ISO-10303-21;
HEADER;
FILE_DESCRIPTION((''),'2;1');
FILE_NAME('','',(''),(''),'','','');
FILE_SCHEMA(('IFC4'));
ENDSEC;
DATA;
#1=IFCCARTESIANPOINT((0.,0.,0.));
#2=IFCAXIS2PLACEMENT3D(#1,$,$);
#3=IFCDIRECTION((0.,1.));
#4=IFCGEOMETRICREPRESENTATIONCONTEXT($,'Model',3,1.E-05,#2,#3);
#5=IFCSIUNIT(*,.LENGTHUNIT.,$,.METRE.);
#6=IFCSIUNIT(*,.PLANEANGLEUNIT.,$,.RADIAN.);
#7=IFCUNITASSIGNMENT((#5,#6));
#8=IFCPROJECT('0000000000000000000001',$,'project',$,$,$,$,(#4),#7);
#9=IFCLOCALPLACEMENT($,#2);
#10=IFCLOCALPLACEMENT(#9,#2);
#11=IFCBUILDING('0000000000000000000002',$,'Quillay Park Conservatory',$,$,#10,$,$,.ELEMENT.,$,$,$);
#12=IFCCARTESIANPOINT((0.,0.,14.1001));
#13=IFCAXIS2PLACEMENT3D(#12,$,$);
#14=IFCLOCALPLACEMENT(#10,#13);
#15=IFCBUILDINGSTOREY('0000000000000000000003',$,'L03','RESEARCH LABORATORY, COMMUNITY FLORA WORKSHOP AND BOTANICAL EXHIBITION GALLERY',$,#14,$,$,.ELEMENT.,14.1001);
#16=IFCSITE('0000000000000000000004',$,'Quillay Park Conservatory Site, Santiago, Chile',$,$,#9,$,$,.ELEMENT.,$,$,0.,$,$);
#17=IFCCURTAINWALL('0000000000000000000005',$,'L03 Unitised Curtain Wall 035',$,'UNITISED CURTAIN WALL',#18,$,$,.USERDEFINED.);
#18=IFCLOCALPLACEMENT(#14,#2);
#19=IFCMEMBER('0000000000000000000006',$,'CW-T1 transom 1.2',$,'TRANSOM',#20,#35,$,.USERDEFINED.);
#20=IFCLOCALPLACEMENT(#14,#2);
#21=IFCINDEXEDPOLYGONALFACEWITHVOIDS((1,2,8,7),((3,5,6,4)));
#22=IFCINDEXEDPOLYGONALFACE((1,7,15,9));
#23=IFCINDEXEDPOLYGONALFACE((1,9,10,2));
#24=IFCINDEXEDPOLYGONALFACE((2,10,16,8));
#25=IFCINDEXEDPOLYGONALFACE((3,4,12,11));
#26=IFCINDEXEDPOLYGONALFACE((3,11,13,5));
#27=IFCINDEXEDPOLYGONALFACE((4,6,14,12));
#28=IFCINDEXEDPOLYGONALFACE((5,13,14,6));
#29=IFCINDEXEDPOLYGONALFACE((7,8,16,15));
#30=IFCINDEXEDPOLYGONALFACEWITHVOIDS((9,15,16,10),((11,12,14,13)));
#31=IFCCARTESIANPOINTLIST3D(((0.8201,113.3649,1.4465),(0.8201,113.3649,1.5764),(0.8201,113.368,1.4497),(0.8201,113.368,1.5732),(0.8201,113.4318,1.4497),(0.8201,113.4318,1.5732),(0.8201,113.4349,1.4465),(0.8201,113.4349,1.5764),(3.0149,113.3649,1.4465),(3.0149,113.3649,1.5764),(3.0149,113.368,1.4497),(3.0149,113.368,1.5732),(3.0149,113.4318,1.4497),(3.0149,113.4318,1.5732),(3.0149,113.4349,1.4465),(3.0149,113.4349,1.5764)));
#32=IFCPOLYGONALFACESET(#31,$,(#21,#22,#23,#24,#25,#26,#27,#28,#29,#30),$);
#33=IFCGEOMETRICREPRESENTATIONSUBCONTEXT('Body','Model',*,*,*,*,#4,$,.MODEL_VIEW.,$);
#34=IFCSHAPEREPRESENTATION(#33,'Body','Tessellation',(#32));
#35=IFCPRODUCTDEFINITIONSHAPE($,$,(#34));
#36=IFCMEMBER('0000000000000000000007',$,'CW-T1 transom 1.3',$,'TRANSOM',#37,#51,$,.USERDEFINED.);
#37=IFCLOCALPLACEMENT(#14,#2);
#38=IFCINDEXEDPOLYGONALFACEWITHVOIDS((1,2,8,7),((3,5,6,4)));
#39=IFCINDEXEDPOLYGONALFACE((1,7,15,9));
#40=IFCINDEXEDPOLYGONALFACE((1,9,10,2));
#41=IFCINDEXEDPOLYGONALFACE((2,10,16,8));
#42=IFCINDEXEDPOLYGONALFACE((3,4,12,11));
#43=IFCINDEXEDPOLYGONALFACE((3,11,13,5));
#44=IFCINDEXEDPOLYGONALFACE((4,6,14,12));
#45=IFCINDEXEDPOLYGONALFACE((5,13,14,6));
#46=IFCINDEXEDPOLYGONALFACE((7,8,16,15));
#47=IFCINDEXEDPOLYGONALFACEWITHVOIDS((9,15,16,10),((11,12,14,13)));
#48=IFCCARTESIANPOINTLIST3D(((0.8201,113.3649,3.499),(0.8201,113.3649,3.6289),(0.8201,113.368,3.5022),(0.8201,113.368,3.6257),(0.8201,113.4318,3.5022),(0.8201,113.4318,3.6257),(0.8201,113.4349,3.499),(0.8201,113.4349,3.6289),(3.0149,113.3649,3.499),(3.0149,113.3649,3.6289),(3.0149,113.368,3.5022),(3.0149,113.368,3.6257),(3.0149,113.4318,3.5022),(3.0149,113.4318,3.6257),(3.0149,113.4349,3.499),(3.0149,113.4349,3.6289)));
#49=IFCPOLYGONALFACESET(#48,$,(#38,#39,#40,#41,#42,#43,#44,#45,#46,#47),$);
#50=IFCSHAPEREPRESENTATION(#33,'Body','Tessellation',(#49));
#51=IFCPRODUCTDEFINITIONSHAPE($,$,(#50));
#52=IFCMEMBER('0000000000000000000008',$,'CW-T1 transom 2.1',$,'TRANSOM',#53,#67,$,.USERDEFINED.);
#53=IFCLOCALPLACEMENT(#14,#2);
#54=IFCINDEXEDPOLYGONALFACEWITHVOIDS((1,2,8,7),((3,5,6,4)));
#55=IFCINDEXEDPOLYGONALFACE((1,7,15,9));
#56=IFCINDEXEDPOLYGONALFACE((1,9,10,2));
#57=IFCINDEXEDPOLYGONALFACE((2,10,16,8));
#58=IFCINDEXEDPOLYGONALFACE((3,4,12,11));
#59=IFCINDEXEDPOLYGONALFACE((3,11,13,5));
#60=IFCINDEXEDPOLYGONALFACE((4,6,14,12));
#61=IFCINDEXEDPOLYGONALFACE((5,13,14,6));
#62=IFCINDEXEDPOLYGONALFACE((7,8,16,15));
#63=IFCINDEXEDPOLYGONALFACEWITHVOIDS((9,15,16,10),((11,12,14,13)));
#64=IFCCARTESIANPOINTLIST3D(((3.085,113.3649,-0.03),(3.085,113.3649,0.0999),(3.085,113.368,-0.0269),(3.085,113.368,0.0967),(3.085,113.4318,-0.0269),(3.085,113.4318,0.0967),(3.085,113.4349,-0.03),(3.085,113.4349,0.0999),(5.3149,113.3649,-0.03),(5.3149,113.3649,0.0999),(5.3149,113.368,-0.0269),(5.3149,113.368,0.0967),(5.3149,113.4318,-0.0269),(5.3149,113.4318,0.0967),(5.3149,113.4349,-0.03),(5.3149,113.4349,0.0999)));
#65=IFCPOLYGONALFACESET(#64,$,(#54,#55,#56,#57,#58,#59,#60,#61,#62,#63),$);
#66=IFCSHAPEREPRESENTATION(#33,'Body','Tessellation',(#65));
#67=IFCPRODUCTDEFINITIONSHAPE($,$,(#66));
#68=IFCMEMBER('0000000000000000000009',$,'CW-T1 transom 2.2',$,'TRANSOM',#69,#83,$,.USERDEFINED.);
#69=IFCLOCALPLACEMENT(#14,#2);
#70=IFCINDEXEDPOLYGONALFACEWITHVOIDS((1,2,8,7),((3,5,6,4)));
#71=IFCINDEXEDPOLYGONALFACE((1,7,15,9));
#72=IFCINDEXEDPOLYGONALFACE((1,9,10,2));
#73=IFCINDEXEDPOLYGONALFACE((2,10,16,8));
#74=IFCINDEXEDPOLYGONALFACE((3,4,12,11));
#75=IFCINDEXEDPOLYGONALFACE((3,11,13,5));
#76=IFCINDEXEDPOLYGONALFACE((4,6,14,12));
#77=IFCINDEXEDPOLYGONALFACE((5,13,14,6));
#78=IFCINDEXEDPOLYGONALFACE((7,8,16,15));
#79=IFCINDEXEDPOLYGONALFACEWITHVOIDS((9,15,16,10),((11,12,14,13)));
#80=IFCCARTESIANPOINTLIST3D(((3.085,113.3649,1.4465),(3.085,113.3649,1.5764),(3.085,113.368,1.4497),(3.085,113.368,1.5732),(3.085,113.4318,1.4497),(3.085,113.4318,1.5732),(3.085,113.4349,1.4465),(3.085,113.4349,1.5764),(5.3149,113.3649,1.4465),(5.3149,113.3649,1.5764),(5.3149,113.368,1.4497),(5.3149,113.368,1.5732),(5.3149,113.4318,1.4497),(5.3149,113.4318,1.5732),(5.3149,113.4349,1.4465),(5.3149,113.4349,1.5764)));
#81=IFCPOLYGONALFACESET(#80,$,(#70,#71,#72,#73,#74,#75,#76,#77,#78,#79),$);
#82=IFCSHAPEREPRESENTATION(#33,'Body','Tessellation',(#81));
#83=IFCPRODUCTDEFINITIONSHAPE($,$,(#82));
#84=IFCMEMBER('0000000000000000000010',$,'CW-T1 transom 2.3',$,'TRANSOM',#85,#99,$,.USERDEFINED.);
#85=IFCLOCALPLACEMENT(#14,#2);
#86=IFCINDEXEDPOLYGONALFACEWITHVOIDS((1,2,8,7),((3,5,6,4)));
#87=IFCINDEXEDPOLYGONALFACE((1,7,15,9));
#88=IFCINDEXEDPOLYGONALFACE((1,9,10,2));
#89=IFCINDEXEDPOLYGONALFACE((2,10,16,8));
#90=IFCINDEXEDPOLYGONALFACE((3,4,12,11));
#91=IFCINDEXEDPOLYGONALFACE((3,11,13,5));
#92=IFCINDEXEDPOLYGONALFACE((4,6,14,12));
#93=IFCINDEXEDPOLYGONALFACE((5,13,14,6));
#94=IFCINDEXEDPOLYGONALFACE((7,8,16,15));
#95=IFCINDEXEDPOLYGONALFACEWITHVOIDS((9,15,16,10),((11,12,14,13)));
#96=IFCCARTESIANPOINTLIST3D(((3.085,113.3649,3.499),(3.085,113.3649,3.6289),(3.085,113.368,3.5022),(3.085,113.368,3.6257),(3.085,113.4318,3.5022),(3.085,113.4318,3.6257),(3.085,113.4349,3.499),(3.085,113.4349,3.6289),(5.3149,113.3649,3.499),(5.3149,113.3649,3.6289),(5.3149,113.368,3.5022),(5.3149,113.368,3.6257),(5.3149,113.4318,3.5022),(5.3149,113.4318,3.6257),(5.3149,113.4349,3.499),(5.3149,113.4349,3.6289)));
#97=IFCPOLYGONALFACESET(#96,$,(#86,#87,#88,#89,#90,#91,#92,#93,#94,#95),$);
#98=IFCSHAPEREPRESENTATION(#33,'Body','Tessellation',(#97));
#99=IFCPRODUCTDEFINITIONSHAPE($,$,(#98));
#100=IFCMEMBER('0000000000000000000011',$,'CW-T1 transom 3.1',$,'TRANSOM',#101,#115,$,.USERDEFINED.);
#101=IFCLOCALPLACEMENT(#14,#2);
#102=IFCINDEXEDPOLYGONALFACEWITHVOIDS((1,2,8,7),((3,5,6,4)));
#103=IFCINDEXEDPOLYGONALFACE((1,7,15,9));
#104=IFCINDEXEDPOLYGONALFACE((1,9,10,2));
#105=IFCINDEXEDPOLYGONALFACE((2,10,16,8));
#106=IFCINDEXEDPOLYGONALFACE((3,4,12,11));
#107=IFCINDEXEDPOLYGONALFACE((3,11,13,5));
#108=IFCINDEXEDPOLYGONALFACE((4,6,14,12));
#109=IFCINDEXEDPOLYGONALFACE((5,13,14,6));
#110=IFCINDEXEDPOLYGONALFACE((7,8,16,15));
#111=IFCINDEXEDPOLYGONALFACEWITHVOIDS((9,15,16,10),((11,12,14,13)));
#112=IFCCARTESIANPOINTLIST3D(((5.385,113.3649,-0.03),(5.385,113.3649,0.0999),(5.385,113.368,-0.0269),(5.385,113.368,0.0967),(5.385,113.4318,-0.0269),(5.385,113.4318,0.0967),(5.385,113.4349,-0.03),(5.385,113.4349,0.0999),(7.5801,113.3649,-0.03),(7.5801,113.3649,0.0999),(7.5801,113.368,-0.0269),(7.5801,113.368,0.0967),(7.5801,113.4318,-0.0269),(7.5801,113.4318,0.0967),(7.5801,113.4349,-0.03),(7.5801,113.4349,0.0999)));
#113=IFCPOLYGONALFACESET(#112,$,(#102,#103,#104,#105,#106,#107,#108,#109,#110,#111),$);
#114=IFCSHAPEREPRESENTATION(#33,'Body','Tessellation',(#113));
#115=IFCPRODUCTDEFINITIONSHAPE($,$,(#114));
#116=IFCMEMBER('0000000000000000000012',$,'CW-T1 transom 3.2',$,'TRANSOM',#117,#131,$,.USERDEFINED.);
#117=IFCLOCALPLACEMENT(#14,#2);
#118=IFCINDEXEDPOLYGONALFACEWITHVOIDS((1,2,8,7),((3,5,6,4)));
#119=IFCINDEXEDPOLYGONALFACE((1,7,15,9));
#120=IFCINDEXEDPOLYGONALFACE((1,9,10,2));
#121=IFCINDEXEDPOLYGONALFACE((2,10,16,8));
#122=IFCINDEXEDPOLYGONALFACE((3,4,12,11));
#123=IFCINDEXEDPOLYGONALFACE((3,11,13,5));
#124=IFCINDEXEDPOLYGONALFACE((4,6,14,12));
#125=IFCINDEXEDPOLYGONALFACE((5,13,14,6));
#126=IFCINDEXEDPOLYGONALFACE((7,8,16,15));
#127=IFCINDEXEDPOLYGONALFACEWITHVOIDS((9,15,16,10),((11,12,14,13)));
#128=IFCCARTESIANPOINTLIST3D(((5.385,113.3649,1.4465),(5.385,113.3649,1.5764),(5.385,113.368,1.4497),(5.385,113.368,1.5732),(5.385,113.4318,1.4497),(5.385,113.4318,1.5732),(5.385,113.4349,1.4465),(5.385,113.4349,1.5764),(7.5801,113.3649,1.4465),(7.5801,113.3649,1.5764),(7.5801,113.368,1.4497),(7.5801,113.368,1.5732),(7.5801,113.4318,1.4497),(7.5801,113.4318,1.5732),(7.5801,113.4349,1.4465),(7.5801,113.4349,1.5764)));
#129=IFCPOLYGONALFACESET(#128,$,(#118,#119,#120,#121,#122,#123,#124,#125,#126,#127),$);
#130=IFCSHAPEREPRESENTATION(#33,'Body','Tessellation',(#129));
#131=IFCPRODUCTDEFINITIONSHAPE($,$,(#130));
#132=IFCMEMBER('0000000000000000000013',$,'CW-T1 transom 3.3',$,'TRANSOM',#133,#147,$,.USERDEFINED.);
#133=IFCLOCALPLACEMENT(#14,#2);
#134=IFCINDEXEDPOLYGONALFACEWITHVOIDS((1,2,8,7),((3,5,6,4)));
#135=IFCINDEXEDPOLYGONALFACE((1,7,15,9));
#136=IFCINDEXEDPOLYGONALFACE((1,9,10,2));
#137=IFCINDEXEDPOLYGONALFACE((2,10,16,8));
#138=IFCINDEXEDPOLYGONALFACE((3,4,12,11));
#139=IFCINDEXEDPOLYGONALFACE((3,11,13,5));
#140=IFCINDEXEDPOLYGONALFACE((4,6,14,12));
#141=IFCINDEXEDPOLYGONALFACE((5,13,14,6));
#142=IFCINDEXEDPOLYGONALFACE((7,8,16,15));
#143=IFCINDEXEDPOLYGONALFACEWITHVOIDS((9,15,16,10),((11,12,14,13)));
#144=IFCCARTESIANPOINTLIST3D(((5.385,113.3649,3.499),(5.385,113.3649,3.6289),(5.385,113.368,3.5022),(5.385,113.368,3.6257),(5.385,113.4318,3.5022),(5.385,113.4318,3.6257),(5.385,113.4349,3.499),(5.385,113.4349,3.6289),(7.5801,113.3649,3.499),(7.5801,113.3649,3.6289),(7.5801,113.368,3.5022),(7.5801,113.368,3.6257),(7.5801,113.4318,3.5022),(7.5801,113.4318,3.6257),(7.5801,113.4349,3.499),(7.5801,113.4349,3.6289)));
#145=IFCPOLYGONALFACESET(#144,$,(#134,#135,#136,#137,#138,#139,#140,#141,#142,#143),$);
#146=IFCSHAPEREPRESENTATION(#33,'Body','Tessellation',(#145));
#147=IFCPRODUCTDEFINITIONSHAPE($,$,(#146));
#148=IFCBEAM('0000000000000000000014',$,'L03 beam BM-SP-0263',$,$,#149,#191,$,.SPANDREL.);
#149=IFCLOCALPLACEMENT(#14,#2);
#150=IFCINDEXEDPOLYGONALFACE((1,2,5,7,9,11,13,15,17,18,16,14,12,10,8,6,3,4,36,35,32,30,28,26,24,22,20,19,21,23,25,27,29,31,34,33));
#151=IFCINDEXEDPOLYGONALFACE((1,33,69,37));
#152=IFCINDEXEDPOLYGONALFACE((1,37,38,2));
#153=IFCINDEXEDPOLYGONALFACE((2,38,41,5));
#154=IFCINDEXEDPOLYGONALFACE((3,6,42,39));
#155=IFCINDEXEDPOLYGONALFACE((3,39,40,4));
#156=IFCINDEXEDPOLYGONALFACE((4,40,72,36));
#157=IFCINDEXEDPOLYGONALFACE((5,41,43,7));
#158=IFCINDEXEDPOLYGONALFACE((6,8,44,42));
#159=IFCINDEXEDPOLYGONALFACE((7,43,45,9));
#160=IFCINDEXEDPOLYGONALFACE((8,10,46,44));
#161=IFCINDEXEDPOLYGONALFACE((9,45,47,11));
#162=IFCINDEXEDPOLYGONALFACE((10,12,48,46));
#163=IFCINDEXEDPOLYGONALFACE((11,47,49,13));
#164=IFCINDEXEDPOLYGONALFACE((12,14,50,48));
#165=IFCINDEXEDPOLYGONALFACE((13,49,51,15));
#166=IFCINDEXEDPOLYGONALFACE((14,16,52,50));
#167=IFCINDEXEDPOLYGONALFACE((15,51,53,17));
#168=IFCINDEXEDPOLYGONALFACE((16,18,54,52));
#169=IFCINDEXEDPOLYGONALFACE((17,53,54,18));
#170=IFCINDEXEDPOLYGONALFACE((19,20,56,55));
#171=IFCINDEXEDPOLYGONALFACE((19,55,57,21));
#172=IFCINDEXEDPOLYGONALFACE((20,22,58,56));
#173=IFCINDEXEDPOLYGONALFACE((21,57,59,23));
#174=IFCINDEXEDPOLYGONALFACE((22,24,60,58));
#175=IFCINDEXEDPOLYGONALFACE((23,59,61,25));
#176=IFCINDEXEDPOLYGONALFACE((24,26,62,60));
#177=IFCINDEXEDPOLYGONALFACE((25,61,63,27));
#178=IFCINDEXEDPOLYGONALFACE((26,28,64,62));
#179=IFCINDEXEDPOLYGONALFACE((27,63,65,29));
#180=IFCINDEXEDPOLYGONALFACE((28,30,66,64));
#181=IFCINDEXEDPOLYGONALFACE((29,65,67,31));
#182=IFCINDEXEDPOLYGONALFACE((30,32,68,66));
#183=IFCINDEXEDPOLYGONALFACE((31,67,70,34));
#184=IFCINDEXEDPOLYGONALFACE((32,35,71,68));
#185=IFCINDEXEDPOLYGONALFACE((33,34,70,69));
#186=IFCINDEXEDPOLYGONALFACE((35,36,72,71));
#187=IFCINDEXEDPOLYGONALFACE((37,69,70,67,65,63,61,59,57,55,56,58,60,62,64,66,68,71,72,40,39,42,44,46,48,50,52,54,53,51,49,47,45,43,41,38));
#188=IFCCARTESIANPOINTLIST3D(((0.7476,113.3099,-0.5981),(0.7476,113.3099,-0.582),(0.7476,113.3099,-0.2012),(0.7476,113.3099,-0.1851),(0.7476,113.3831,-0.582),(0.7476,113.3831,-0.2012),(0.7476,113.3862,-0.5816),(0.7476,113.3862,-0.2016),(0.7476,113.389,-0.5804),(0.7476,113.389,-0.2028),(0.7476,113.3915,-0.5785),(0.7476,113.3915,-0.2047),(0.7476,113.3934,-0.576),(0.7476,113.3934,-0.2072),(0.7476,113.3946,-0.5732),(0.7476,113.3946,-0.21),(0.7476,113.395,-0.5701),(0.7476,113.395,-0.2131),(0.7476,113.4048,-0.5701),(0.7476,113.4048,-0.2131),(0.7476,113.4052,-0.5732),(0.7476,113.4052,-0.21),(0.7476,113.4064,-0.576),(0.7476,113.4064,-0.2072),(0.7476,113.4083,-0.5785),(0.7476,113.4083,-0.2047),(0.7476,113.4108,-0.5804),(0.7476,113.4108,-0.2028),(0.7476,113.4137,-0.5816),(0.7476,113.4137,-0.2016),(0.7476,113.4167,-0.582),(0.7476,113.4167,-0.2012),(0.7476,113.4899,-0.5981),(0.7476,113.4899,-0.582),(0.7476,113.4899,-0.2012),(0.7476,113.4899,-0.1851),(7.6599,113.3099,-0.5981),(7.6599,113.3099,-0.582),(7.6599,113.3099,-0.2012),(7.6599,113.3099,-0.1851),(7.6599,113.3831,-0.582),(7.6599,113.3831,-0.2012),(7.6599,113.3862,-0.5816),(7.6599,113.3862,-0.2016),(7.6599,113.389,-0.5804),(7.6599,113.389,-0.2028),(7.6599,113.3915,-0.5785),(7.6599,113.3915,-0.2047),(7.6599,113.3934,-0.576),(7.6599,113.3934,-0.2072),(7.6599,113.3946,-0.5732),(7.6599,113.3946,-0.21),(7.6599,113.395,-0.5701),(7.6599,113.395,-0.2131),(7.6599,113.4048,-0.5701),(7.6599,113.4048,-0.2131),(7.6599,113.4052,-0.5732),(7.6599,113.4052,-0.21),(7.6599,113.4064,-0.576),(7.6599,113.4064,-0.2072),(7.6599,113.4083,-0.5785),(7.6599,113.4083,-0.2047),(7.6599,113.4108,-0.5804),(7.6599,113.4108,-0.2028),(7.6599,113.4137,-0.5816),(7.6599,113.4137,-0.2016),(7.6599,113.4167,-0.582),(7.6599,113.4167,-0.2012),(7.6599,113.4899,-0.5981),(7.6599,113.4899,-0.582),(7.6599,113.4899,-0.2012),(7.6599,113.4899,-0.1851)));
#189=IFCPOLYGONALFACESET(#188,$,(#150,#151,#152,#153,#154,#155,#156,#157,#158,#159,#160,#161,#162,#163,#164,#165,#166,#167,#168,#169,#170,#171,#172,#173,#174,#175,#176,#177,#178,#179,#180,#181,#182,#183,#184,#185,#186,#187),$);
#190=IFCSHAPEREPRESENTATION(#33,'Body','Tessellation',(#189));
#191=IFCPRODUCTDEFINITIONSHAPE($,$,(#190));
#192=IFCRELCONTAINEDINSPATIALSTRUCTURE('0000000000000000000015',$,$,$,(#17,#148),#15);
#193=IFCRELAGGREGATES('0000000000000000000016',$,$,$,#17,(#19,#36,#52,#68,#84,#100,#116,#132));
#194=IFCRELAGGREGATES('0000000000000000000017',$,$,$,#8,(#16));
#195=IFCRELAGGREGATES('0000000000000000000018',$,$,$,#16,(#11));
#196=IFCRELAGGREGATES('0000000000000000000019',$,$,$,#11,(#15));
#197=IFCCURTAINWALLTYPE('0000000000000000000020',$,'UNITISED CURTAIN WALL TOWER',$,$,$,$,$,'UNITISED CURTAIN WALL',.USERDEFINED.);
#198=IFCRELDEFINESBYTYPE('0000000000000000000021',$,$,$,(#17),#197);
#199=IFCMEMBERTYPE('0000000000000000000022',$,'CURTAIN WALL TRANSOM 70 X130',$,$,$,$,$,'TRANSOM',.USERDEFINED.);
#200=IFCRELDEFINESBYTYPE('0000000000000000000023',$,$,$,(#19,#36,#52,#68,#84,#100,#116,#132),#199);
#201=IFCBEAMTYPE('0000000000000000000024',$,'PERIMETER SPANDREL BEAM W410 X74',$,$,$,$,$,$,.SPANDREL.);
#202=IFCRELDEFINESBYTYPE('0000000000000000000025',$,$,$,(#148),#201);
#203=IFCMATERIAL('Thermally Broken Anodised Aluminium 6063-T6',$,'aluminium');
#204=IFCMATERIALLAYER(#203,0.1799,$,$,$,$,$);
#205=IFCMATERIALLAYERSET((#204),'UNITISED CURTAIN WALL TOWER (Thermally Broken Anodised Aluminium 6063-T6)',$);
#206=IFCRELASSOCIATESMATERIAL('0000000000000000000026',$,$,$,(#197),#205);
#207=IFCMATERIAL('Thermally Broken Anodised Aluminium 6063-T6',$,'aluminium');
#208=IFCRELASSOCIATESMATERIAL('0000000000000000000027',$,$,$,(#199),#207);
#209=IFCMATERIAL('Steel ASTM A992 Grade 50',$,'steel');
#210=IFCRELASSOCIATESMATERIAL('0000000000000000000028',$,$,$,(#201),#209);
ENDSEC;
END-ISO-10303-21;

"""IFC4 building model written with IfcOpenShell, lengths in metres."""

from ifc_helpers import new_model, si_unit, direction, frame, origin, origin_2d, place, context, subcontext, project, spatial, hollow_rectangle, i_section, extrude, material, layer, layer_set, material_profile, profile_set, type_object, element, aggregate, save


model = new_model("IFC4")

# Units and contexts
model_context = context("Model", 3, precision=1e-05, world=origin(), true_north=direction((0.0, 1.0)))
body_context = subcontext(model_context, "Body", "Model", "MODEL_VIEW")
ifc_project = project(units=[si_unit("LENGTHUNIT", "METRE"), si_unit("PLANEANGLEUNIT", "RADIAN")], contexts=[model_context])

# Site, building, storey
site_placement = place(None, origin())
site = spatial("IfcSite", under=ifc_project, at=site_placement, Name="Quillay Park Conservatory Site, Santiago, Chile", CompositionType="ELEMENT", RefElevation=0.0)
building_placement = place(site_placement, origin())
building = spatial("IfcBuilding", under=site, at=building_placement, Name="Quillay Park Conservatory", CompositionType="ELEMENT")
storey_placement = place(building_placement, frame((0.0, 0.0, 14.1001)))
storey = spatial("IfcBuildingStorey", under=building, at=storey_placement, Name="L03", Description="RESEARCH LABORATORY, COMMUNITY FLORA WORKSHOP AND BOTANICAL EXHIBITION GALLERY", CompositionType="ELEMENT", Elevation=14.1001)

# Curtain wall, members
ifc_material_1 = material(Name="Thermally Broken Anodised Aluminium 6063-T6", Category="aluminium")
ifc_layer_1 = layer(ifc_material_1, 0.1799)
ifc_layer_set_1 = layer_set([ifc_layer_1], Name="UNITISED CURTAIN WALL TOWER (Thermally Broken Anodised Aluminium 6063-T6)")
curtain_wall_type = type_object("IfcCurtainWallType", Name="UNITISED CURTAIN WALL TOWER", ElementType="UNITISED CURTAIN WALL", PredefinedType="USERDEFINED", material=ifc_layer_set_1)
curtain_wall_placement = place(storey_placement, origin())
curtain_wall = element("IfcCurtainWall", 1, at=curtain_wall_placement, inside=storey, type_object=curtain_wall_type, Name="L03 Unitised Curtain Wall 035", ObjectType="UNITISED CURTAIN WALL", PredefinedType="USERDEFINED")
ifc_material_2 = material(Name="Thermally Broken Anodised Aluminium 6063-T6", Category="aluminium")
ifc_material_profile_1 = material_profile(ifc_material_2, hollow_rectangle(XDim=0.0701, YDim=0.1299, WallThickness=0.0032, at=origin_2d()), Name="AL70x130x3.2")
ifc_profile_set_1 = profile_set([ifc_material_profile_1], Name="Thermally Broken Anodised Aluminium 6063-T6")
member_type_1 = type_object("IfcMemberType", Name="CURTAIN WALL TRANSOM 70 X130", ElementType="TRANSOM", PredefinedType="USERDEFINED", material=ifc_profile_set_1)
member_1_placement = place(storey_placement, frame((0.8201, 113.3999, 1.5115), z_axis=(1.0, 0.0, 0.0), x_axis=(0.0, 1.0, 0.0)))
member_1 = element("IfcMember", 2, at=member_1_placement, type_object=member_type_1, Name="CW-T1 transom 1.2", ObjectType="TRANSOM", PredefinedType="USERDEFINED", context=body_context, shape_type="SweptSolid", body=[
    extrude(hollow_rectangle(XDim=0.0701, YDim=0.1299, WallThickness=0.0032, at=origin_2d()), origin(), (0.0, 0.0, 1.0), 2.1948),
])
member_2_placement = place(storey_placement, frame((0.8201, 113.3999, 3.564), z_axis=(1.0, 0.0, 0.0), x_axis=(0.0, 1.0, 0.0)))
member_2 = element("IfcMember", 3, at=member_2_placement, type_object=member_type_1, Name="CW-T1 transom 1.3", ObjectType="TRANSOM", PredefinedType="USERDEFINED", context=body_context, shape_type="SweptSolid", body=[
    extrude(hollow_rectangle(XDim=0.0701, YDim=0.1299, WallThickness=0.0032, at=origin_2d()), origin(), (0.0, 0.0, 1.0), 2.1948),
])
member_3_placement = place(storey_placement, frame((3.085, 113.3999, 0.0349), z_axis=(1.0, 0.0, 0.0), x_axis=(0.0, 1.0, 0.0)))
member_3 = element("IfcMember", 4, at=member_3_placement, type_object=member_type_1, Name="CW-T1 transom 2.1", ObjectType="TRANSOM", PredefinedType="USERDEFINED", context=body_context, shape_type="SweptSolid", body=[
    extrude(hollow_rectangle(XDim=0.0701, YDim=0.1299, WallThickness=0.0032, at=origin_2d()), origin(), (0.0, 0.0, 1.0), 2.23),
])
member_4_placement = place(storey_placement, frame((3.085, 113.3999, 1.5115), z_axis=(1.0, 0.0, 0.0), x_axis=(0.0, 1.0, 0.0)))
member_4 = element("IfcMember", 5, at=member_4_placement, type_object=member_type_1, Name="CW-T1 transom 2.2", ObjectType="TRANSOM", PredefinedType="USERDEFINED", context=body_context, shape_type="SweptSolid", body=[
    extrude(hollow_rectangle(XDim=0.0701, YDim=0.1299, WallThickness=0.0032, at=origin_2d()), origin(), (0.0, 0.0, 1.0), 2.23),
])
member_5_placement = place(storey_placement, frame((3.085, 113.3999, 3.564), z_axis=(1.0, 0.0, 0.0), x_axis=(0.0, 1.0, 0.0)))
member_5 = element("IfcMember", 6, at=member_5_placement, type_object=member_type_1, Name="CW-T1 transom 2.3", ObjectType="TRANSOM", PredefinedType="USERDEFINED", context=body_context, shape_type="SweptSolid", body=[
    extrude(hollow_rectangle(XDim=0.0701, YDim=0.1299, WallThickness=0.0032, at=origin_2d()), origin(), (0.0, 0.0, 1.0), 2.23),
])
member_6_placement = place(storey_placement, frame((5.385, 113.3999, 0.0349), z_axis=(1.0, 0.0, 0.0), x_axis=(0.0, 1.0, 0.0)))
member_6 = element("IfcMember", 7, at=member_6_placement, type_object=member_type_1, Name="CW-T1 transom 3.1", ObjectType="TRANSOM", PredefinedType="USERDEFINED", context=body_context, shape_type="SweptSolid", body=[
    extrude(hollow_rectangle(XDim=0.0701, YDim=0.1299, WallThickness=0.0032, at=origin_2d()), origin(), (0.0, 0.0, 1.0), 2.1951),
])
member_7_placement = place(storey_placement, frame((5.385, 113.3999, 1.5115), z_axis=(1.0, 0.0, 0.0), x_axis=(0.0, 1.0, 0.0)))
member_7 = element("IfcMember", 8, at=member_7_placement, type_object=member_type_1, Name="CW-T1 transom 3.2", ObjectType="TRANSOM", PredefinedType="USERDEFINED", context=body_context, shape_type="SweptSolid", body=[
    extrude(hollow_rectangle(XDim=0.0701, YDim=0.1299, WallThickness=0.0032, at=origin_2d()), origin(), (0.0, 0.0, 1.0), 2.1951),
])
member_8_placement = place(storey_placement, frame((5.385, 113.3999, 3.564), z_axis=(1.0, 0.0, 0.0), x_axis=(0.0, 1.0, 0.0)))
member_8 = element("IfcMember", 9, at=member_8_placement, type_object=member_type_1, Name="CW-T1 transom 3.3", ObjectType="TRANSOM", PredefinedType="USERDEFINED", context=body_context, shape_type="SweptSolid", body=[
    extrude(hollow_rectangle(XDim=0.0701, YDim=0.1299, WallThickness=0.0032, at=origin_2d()), origin(), (0.0, 0.0, 1.0), 2.1951),
])

# Beam
ifc_material_3 = material(Name="Steel ASTM A992 Grade 50", Category="steel")
ifc_material_profile_2 = material_profile(ifc_material_3, i_section(OverallWidth=0.1799, OverallDepth=0.4131, WebThickness=0.0098, FlangeThickness=0.0161, FilletRadius=0.012, at=origin_2d()), Name="W410x74")
ifc_profile_set_2 = profile_set([ifc_material_profile_2], Name="Steel ASTM A992 Grade 50")
beam_type = type_object("IfcBeamType", Name="PERIMETER SPANDREL BEAM W410 X74", PredefinedType="SPANDREL", material=ifc_profile_set_2)
beam_1_placement = place(storey_placement, frame((0.7476, 113.3999, -0.3916), z_axis=(1.0, 0.0, 0.0), x_axis=(0.0, 1.0, 0.0)))
element("IfcBeam", 10, at=beam_1_placement, inside=storey, type_object=beam_type, Name="L03 beam BM-SP-0263", PredefinedType="SPANDREL", context=body_context, shape_type="SweptSolid", body=[
    extrude(i_section(OverallWidth=0.1799, OverallDepth=0.4131, WebThickness=0.0098, FlangeThickness=0.0161, FilletRadius=0.012, at=origin_2d()), origin(), (0.0, 0.0, 1.0), 6.9124),
])

aggregate(curtain_wall, [member_1, member_2, member_3, member_4, member_5, member_6, member_7, member_8])

save(model, "model.ifc")
